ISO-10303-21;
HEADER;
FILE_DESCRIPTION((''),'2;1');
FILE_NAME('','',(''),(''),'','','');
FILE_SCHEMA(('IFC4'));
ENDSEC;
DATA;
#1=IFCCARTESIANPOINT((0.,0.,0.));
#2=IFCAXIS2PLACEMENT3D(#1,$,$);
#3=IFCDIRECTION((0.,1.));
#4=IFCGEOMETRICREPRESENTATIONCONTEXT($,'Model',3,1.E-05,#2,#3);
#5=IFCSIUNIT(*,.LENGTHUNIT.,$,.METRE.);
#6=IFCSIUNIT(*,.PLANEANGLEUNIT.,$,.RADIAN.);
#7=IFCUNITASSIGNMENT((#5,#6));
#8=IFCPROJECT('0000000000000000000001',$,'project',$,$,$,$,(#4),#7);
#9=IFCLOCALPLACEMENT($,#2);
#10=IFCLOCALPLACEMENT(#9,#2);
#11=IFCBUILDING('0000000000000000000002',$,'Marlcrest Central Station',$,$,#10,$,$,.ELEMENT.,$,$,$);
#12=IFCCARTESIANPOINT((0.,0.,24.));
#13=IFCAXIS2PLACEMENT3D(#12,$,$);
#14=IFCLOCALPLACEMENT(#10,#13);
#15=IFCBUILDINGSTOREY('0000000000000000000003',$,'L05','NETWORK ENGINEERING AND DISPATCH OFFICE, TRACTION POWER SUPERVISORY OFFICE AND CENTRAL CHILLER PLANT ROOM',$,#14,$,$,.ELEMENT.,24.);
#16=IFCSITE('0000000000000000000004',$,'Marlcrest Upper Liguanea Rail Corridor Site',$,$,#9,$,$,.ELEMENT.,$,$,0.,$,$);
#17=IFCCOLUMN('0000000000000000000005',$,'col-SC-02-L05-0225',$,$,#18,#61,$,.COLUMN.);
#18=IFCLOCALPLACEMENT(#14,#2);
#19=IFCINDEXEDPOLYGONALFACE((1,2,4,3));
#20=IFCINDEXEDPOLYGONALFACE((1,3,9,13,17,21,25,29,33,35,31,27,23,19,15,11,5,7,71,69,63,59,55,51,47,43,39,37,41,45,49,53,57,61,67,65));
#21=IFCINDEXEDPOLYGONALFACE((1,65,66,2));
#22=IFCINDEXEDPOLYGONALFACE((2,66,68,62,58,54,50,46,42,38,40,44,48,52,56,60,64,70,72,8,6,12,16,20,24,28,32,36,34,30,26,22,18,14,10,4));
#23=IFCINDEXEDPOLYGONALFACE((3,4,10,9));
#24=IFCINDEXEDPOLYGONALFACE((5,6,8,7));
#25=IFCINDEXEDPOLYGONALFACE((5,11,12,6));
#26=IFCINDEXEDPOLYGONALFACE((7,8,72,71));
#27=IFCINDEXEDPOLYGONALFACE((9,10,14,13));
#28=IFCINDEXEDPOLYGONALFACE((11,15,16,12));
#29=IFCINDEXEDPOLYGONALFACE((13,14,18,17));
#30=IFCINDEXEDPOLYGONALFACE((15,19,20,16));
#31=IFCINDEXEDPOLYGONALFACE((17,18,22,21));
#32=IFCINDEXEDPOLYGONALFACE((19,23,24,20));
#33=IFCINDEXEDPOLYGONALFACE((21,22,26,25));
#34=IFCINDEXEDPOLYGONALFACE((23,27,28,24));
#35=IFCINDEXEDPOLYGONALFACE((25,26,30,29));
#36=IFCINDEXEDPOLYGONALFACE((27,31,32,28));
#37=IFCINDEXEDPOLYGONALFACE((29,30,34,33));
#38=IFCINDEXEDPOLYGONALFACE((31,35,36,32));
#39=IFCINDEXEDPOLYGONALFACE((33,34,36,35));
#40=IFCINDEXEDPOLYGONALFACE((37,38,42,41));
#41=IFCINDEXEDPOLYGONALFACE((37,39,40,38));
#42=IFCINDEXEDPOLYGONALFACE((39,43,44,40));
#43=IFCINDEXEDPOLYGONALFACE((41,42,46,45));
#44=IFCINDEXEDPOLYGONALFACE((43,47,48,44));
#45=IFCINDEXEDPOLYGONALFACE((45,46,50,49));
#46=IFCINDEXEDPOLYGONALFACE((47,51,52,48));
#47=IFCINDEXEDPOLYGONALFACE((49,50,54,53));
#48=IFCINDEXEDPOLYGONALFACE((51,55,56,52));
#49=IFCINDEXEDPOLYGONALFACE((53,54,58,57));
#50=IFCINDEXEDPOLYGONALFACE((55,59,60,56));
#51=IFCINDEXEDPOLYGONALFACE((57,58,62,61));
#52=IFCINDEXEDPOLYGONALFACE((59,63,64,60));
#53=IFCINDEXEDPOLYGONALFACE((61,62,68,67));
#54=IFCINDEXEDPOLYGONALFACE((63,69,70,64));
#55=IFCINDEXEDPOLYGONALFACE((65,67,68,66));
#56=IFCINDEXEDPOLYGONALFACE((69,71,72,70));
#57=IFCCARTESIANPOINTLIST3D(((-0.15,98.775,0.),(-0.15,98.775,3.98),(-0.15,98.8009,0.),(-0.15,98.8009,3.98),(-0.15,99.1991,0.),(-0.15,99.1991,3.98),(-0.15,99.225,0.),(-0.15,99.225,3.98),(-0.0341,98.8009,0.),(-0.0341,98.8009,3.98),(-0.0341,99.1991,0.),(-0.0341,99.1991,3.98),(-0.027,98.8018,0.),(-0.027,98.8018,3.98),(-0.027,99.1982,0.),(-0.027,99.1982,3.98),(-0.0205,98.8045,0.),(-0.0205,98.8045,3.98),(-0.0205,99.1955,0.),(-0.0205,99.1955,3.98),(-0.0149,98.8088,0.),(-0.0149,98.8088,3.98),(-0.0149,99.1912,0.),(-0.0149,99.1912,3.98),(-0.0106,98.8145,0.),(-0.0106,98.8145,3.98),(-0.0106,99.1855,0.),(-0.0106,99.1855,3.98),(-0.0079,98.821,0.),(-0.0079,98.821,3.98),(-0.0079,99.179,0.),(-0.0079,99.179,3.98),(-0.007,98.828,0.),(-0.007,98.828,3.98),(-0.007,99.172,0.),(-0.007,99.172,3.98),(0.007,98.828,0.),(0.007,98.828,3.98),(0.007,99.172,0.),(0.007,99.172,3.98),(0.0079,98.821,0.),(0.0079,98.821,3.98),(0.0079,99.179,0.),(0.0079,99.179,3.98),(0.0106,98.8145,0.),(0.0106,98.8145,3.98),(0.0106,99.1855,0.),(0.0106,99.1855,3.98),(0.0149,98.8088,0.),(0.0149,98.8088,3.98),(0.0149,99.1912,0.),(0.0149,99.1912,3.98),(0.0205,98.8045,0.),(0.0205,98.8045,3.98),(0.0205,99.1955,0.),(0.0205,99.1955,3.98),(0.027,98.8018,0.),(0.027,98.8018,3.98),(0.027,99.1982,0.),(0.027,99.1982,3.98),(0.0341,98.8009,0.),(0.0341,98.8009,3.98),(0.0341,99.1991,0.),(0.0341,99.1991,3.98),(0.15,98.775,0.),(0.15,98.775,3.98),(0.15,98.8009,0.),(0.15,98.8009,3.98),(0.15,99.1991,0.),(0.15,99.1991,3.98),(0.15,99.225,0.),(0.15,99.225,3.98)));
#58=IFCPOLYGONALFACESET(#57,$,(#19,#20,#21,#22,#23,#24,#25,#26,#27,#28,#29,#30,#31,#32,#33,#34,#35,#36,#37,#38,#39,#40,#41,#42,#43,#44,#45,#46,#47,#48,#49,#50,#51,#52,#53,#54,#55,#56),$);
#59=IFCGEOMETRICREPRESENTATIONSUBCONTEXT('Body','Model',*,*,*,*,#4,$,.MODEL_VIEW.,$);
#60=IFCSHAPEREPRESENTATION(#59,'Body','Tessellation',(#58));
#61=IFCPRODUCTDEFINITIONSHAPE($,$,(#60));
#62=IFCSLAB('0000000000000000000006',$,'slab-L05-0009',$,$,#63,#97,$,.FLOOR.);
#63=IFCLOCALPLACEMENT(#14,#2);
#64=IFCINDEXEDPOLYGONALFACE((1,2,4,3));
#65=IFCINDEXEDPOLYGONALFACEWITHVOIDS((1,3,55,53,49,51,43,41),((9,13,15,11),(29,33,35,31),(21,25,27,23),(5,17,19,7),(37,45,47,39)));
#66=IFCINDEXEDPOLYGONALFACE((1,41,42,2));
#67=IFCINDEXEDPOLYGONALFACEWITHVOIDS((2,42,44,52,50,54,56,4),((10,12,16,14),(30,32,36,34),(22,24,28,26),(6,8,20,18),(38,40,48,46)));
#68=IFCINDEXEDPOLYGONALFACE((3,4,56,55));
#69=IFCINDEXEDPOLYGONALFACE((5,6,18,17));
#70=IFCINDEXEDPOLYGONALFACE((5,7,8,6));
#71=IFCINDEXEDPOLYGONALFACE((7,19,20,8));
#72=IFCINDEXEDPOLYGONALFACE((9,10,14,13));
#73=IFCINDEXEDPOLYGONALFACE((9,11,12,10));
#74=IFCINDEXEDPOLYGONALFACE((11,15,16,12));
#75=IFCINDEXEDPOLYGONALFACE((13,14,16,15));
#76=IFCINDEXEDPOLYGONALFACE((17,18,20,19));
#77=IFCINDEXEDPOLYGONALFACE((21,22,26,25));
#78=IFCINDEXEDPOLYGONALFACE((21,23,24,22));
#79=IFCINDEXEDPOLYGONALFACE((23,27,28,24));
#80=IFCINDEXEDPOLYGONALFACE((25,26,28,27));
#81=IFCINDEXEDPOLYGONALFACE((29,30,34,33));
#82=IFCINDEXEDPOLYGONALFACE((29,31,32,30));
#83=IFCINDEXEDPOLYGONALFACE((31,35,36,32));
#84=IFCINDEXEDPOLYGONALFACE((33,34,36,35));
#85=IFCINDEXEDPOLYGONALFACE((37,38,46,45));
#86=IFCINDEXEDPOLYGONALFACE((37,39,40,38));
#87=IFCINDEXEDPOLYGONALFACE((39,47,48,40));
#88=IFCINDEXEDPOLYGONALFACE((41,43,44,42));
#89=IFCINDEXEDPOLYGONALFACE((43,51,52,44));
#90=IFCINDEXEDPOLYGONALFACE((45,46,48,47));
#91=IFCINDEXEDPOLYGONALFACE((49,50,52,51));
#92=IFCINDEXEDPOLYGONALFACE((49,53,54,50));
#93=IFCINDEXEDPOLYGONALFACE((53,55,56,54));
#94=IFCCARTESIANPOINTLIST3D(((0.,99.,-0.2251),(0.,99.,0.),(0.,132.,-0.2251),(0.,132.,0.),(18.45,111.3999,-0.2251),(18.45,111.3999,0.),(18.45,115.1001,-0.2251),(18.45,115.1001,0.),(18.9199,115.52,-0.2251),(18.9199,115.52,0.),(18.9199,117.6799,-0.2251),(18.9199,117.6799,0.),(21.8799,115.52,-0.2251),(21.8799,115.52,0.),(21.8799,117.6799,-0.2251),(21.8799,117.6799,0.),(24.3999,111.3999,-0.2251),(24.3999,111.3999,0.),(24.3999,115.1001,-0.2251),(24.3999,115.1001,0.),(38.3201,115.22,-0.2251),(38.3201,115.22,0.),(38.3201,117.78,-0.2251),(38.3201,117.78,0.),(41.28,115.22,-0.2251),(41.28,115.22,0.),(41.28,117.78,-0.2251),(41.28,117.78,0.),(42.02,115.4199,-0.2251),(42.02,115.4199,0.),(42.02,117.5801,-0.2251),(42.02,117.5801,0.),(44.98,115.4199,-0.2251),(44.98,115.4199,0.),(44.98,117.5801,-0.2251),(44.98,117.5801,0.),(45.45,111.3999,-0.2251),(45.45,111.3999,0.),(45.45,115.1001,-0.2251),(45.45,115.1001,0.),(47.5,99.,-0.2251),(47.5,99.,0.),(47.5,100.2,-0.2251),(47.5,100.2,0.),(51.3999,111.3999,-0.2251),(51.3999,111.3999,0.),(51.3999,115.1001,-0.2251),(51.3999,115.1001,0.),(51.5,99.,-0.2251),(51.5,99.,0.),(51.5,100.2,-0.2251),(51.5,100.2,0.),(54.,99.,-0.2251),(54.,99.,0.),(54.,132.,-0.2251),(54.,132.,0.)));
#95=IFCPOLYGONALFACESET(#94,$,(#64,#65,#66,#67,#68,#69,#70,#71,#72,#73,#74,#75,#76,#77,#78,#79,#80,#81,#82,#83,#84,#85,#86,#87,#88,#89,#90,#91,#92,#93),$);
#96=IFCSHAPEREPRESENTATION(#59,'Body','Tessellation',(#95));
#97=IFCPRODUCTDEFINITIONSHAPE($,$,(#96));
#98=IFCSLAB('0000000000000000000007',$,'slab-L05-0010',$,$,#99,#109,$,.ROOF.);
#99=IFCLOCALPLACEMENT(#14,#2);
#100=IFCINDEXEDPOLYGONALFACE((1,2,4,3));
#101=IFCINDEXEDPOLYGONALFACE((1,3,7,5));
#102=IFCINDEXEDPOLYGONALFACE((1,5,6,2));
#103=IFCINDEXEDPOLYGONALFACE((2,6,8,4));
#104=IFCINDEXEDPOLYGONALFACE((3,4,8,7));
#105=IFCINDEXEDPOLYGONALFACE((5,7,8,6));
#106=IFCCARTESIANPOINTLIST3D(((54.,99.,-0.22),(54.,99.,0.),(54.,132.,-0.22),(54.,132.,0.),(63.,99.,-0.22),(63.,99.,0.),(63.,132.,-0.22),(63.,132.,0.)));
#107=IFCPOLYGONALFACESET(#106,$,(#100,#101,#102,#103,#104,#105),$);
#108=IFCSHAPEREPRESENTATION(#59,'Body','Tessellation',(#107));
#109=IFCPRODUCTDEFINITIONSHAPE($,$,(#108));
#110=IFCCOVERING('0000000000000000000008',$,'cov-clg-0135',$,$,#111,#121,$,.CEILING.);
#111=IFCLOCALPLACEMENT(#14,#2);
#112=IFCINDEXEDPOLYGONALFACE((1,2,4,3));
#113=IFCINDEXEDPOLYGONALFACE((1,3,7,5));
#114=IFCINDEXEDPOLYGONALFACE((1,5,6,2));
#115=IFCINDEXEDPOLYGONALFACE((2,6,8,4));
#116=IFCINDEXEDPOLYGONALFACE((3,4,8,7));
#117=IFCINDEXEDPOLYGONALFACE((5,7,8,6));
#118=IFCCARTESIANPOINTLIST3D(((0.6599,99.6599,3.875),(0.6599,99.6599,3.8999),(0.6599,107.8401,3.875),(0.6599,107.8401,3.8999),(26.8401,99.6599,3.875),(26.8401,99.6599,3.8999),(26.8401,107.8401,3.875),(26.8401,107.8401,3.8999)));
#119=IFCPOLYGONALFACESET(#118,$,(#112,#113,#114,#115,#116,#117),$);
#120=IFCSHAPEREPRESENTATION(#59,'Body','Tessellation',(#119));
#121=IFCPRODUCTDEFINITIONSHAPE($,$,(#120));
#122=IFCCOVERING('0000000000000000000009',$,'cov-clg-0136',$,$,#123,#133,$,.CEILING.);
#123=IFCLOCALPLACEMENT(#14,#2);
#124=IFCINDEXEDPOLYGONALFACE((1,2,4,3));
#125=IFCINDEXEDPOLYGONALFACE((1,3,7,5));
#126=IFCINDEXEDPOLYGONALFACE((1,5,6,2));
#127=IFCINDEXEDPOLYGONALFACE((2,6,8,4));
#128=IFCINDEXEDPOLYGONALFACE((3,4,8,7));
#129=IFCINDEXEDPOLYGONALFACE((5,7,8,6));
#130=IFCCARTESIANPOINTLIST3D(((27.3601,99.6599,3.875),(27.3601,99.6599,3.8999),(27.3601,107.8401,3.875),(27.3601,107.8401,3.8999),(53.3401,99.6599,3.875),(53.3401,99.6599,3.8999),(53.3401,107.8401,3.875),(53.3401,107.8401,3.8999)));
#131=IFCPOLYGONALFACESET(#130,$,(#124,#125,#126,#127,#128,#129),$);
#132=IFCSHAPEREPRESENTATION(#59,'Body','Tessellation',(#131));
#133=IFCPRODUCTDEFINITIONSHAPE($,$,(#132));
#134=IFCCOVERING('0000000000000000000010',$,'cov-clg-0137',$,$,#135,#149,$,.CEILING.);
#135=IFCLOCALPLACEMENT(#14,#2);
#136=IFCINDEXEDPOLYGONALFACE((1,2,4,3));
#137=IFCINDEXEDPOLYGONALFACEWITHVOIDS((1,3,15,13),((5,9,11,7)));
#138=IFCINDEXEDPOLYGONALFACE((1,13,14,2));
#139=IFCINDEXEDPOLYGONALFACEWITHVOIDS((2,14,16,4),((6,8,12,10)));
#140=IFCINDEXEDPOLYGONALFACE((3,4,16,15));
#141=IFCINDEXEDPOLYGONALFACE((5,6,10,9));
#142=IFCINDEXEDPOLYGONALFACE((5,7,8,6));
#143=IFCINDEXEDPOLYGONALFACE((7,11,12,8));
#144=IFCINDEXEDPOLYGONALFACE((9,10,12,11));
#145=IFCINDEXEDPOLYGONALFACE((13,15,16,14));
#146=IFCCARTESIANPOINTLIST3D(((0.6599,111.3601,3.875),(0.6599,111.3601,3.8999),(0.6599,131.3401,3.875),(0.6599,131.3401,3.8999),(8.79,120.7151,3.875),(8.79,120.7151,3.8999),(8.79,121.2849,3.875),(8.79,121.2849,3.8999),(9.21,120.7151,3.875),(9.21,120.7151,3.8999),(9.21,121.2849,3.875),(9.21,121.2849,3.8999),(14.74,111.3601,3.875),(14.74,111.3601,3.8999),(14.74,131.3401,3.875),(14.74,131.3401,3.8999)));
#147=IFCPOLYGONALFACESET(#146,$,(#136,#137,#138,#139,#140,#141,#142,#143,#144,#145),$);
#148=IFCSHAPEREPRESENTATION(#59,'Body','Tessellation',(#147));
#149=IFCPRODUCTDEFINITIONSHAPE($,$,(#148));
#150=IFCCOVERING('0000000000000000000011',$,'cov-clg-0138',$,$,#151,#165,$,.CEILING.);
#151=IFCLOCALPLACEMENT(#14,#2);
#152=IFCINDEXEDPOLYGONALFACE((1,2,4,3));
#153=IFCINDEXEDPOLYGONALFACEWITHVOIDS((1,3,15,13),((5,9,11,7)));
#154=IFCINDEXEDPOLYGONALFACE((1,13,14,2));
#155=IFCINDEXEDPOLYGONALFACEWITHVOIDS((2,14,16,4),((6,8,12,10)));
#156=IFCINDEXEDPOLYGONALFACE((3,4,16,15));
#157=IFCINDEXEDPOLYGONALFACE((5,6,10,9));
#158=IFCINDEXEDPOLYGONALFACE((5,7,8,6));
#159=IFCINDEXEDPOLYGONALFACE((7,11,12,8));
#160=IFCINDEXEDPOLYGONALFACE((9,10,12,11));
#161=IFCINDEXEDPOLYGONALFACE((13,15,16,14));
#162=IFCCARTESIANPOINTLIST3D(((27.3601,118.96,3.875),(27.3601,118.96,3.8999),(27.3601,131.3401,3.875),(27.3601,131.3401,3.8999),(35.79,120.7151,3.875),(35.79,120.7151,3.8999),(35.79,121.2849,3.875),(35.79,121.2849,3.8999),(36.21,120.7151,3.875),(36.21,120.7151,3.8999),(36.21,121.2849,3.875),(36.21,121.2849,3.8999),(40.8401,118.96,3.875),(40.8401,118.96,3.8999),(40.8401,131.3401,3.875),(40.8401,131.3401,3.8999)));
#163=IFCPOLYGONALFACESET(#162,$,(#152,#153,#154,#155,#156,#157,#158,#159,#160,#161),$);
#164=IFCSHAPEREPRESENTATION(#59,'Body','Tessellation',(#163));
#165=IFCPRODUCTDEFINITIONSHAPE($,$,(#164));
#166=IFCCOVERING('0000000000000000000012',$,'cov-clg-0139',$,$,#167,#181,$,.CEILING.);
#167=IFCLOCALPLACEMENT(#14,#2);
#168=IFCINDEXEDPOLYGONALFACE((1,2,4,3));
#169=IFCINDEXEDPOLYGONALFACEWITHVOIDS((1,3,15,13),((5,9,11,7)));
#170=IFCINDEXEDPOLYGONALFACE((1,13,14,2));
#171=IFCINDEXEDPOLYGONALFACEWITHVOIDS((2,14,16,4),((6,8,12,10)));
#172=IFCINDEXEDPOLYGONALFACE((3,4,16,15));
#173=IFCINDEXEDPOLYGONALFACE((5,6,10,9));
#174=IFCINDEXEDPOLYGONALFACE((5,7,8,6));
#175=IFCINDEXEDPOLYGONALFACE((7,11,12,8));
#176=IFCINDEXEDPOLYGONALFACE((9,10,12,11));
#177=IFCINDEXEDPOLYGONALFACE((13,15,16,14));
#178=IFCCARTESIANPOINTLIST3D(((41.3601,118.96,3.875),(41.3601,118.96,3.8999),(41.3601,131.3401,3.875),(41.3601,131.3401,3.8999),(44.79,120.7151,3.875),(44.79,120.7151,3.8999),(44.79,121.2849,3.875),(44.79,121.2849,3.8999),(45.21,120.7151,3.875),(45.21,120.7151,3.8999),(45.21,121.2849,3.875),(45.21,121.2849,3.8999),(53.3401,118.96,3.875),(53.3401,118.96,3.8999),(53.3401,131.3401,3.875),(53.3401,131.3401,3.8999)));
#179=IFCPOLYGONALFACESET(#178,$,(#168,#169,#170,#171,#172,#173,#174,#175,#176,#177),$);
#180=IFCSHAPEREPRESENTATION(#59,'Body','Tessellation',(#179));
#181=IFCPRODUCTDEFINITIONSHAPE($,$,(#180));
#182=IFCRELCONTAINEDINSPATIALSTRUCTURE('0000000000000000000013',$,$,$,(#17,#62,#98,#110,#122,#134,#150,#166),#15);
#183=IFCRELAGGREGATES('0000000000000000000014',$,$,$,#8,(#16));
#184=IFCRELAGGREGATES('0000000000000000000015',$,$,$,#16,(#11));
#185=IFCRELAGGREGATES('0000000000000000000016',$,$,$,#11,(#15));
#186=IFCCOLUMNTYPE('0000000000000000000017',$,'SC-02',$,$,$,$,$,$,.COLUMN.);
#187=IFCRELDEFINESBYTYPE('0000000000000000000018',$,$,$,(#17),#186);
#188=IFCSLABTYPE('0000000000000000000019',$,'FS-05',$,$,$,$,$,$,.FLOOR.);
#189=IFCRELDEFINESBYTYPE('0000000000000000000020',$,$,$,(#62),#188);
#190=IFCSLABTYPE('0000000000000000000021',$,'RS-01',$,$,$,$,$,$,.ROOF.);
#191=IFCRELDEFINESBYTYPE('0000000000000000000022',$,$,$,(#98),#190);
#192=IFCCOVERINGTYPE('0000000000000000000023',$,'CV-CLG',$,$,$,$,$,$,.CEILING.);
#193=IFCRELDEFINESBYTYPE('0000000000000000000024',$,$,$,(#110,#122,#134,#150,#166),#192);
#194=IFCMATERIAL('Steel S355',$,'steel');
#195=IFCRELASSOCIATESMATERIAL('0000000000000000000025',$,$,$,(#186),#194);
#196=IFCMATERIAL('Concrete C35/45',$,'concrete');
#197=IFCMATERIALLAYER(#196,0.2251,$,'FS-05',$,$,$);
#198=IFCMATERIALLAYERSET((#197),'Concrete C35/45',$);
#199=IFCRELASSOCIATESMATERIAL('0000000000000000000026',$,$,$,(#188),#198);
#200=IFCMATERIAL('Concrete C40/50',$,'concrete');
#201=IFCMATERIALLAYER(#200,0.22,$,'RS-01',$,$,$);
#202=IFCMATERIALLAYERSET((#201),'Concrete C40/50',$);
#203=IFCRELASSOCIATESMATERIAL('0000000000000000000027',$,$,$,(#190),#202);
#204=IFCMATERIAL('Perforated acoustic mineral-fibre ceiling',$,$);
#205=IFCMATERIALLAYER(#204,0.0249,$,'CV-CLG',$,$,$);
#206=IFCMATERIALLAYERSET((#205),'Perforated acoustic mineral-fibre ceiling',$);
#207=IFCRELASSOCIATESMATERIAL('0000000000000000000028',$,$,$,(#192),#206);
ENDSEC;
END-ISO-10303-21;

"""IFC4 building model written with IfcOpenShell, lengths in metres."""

from ifc_helpers import new_model, si_unit, direction, frame, origin, origin_2d, place, context, subcontext, project, spatial, polyline, i_section, outline, extrude, material, layer, layer_set, material_profile, profile_set, type_object, element, save


model = new_model("IFC4")

# Units and contexts
model_context = context("Model", 3, precision=1e-05, world=origin(), true_north=direction((0.0, 1.0)))
body_context = subcontext(model_context, "Body", "Model", "MODEL_VIEW")
ifc_project = project(units=[si_unit("LENGTHUNIT", "METRE"), si_unit("PLANEANGLEUNIT", "RADIAN")], contexts=[model_context])

# Site, building, storey
site_placement = place(None, origin())
site = spatial("IfcSite", under=ifc_project, at=site_placement, Name="Marlcrest Upper Liguanea Rail Corridor Site", CompositionType="ELEMENT", RefElevation=0.0)
building_placement = place(site_placement, origin())
building = spatial("IfcBuilding", under=site, at=building_placement, Name="Marlcrest Central Station", CompositionType="ELEMENT")
storey_placement = place(building_placement, frame((0.0, 0.0, 24.0)))
storey = spatial("IfcBuildingStorey", under=building, at=storey_placement, Name="L05", Description="NETWORK ENGINEERING AND DISPATCH OFFICE, TRACTION POWER SUPERVISORY OFFICE AND CENTRAL CHILLER PLANT ROOM", CompositionType="ELEMENT", Elevation=24.0)

# Column
ifc_material_1 = material(Name="Steel S355", Category="steel")
ifc_material_profile = material_profile(ifc_material_1, i_section(OverallWidth=0.3, OverallDepth=0.45, WebThickness=0.0139, FlangeThickness=0.0259, FilletRadius=0.0271, at=origin_2d()), Name="HEB 450")
ifc_profile_set = profile_set([ifc_material_profile], Name="Steel S355")
column_type = type_object("IfcColumnType", Name="SC-02", PredefinedType="COLUMN", material=ifc_profile_set)
column_placement = place(storey_placement, frame((0.0, 99.0, 0.0), z_axis=(0.0, 0.0, 1.0), x_axis=(1.0, 0.0, 0.0)))
element("IfcColumn", 1, at=column_placement, inside=storey, type_object=column_type, Name="col-SC-02-L05-0225", PredefinedType="COLUMN", context=body_context, shape_type="SweptSolid", body=[
    extrude(i_section(OverallWidth=0.3, OverallDepth=0.45, WebThickness=0.0139, FlangeThickness=0.0259, FilletRadius=0.0271, at=origin_2d()), origin(), (0.0, 0.0, 1.0), 3.98),
])

# Slabs
ifc_material_2 = material(Name="Concrete C35/45", Category="concrete")
ifc_layer_1 = layer(ifc_material_2, 0.2251, Name="FS-05")
ifc_layer_set_1 = layer_set([ifc_layer_1], Name="Concrete C35/45")
slab_type_1 = type_object("IfcSlabType", Name="FS-05", PredefinedType="FLOOR", material=ifc_layer_set_1)
slab_1_placement = place(storey_placement, frame((0.0, 0.0, -0.2251)))
element("IfcSlab", 2, at=slab_1_placement, inside=storey, type_object=slab_type_1, Name="slab-L05-0009", PredefinedType="FLOOR", context=body_context, shape_type="SweptSolid", body=[
    extrude(outline(polyline([(0.0, 99.0), (47.5, 99.0), (47.5, 100.2), (51.5, 100.2), (51.5, 99.0), (54.0, 99.0), (54.0, 132.0), (0.0, 132.0), (0.0, 99.0)]), holes=[polyline([(18.45, 111.3999), (24.3999, 111.3999), (24.3999, 115.1001), (18.45, 115.1001), (18.45, 111.3999)]), polyline([(18.9199, 115.52), (21.8799, 115.52), (21.8799, 117.6799), (18.9199, 117.6799), (18.9199, 115.52)]), polyline([(45.45, 111.3999), (51.3999, 111.3999), (51.3999, 115.1001), (45.45, 115.1001), (45.45, 111.3999)]), polyline([(42.02, 115.4199), (44.98, 115.4199), (44.98, 117.5801), (42.02, 117.5801), (42.02, 115.4199)]), polyline([(38.3201, 115.22), (41.28, 115.22), (41.28, 117.78), (38.3201, 117.78), (38.3201, 115.22)])]), origin(), (0.0, 0.0, 1.0), 0.2251),
])
ifc_material_3 = material(Name="Concrete C40/50", Category="concrete")
ifc_layer_2 = layer(ifc_material_3, 0.22, Name="RS-01")
ifc_layer_set_2 = layer_set([ifc_layer_2], Name="Concrete C40/50")
slab_type_2 = type_object("IfcSlabType", Name="RS-01", PredefinedType="ROOF", material=ifc_layer_set_2)
slab_2_placement = place(storey_placement, frame((0.0, 0.0, -0.22)))
element("IfcSlab", 3, at=slab_2_placement, inside=storey, type_object=slab_type_2, Name="slab-L05-0010", PredefinedType="ROOF", context=body_context, shape_type="SweptSolid", body=[
    extrude(outline(polyline([(63.0, 132.0), (63.0, 99.0), (54.0, 99.0), (54.0, 132.0), (63.0, 132.0)])), origin(), (0.0, 0.0, 1.0), 0.22),
])

# Coverings
ifc_material_4 = material(Name="Perforated acoustic mineral-fibre ceiling")
ifc_layer_3 = layer(ifc_material_4, 0.0249, Name="CV-CLG")
ifc_layer_set_3 = layer_set([ifc_layer_3], Name="Perforated acoustic mineral-fibre ceiling")
covering_type = type_object("IfcCoveringType", Name="CV-CLG", PredefinedType="CEILING", material=ifc_layer_set_3)
covering_1_placement = place(storey_placement, frame((0.0, 0.0, 3.875)))
element("IfcCovering", 4, at=covering_1_placement, inside=storey, type_object=covering_type, Name="cov-clg-0135", PredefinedType="CEILING", context=body_context, shape_type="SweptSolid", body=[
    extrude(outline(polyline([(26.8401, 99.6599), (26.8401, 107.8401), (0.6599, 107.8401), (0.6599, 99.6599), (26.8401, 99.6599)])), origin(), (0.0, 0.0, 1.0), 0.0249),
])
covering_2_placement = place(storey_placement, frame((0.0, 0.0, 3.875)))
element("IfcCovering", 5, at=covering_2_placement, inside=storey, type_object=covering_type, Name="cov-clg-0136", PredefinedType="CEILING", context=body_context, shape_type="SweptSolid", body=[
    extrude(outline(polyline([(53.3401, 99.6599), (53.3401, 107.8401), (27.3601, 107.8401), (27.3601, 99.6599), (53.3401, 99.6599)])), origin(), (0.0, 0.0, 1.0), 0.0249),
])
covering_3_placement = place(storey_placement, frame((0.0, 0.0, 3.875)))
element("IfcCovering", 6, at=covering_3_placement, inside=storey, type_object=covering_type, Name="cov-clg-0137", PredefinedType="CEILING", context=body_context, shape_type="SweptSolid", body=[
    extrude(outline(polyline([(0.6599, 111.3601), (0.6599, 131.3401), (14.74, 131.3401), (14.74, 111.3601), (0.6599, 111.3601)]), holes=[polyline([(9.21, 121.2849), (8.79, 121.2849), (8.79, 120.7151), (9.21, 120.7151), (9.21, 121.2849)])]), origin(), (0.0, 0.0, 1.0), 0.0249),
])
covering_4_placement = place(storey_placement, frame((0.0, 0.0, 3.875)))
element("IfcCovering", 7, at=covering_4_placement, inside=storey, type_object=covering_type, Name="cov-clg-0138", PredefinedType="CEILING", context=body_context, shape_type="SweptSolid", body=[
    extrude(outline(polyline([(27.3601, 118.96), (27.3601, 131.3401), (40.8401, 131.3401), (40.8401, 118.96), (27.3601, 118.96)]), holes=[polyline([(36.21, 121.2849), (35.79, 121.2849), (35.79, 120.7151), (36.21, 120.7151), (36.21, 121.2849)])]), origin(), (0.0, 0.0, 1.0), 0.0249),
])
covering_5_placement = place(storey_placement, frame((0.0, 0.0, 3.875)))
element("IfcCovering", 8, at=covering_5_placement, inside=storey, type_object=covering_type, Name="cov-clg-0139", PredefinedType="CEILING", context=body_context, shape_type="SweptSolid", body=[
    extrude(outline(polyline([(41.3601, 118.96), (41.3601, 131.3401), (53.3401, 131.3401), (53.3401, 118.96), (41.3601, 118.96)]), holes=[polyline([(45.21, 121.2849), (44.79, 121.2849), (44.79, 120.7151), (45.21, 120.7151), (45.21, 121.2849)])]), origin(), (0.0, 0.0, 1.0), 0.0249),
])

save(model, "model.ifc")
